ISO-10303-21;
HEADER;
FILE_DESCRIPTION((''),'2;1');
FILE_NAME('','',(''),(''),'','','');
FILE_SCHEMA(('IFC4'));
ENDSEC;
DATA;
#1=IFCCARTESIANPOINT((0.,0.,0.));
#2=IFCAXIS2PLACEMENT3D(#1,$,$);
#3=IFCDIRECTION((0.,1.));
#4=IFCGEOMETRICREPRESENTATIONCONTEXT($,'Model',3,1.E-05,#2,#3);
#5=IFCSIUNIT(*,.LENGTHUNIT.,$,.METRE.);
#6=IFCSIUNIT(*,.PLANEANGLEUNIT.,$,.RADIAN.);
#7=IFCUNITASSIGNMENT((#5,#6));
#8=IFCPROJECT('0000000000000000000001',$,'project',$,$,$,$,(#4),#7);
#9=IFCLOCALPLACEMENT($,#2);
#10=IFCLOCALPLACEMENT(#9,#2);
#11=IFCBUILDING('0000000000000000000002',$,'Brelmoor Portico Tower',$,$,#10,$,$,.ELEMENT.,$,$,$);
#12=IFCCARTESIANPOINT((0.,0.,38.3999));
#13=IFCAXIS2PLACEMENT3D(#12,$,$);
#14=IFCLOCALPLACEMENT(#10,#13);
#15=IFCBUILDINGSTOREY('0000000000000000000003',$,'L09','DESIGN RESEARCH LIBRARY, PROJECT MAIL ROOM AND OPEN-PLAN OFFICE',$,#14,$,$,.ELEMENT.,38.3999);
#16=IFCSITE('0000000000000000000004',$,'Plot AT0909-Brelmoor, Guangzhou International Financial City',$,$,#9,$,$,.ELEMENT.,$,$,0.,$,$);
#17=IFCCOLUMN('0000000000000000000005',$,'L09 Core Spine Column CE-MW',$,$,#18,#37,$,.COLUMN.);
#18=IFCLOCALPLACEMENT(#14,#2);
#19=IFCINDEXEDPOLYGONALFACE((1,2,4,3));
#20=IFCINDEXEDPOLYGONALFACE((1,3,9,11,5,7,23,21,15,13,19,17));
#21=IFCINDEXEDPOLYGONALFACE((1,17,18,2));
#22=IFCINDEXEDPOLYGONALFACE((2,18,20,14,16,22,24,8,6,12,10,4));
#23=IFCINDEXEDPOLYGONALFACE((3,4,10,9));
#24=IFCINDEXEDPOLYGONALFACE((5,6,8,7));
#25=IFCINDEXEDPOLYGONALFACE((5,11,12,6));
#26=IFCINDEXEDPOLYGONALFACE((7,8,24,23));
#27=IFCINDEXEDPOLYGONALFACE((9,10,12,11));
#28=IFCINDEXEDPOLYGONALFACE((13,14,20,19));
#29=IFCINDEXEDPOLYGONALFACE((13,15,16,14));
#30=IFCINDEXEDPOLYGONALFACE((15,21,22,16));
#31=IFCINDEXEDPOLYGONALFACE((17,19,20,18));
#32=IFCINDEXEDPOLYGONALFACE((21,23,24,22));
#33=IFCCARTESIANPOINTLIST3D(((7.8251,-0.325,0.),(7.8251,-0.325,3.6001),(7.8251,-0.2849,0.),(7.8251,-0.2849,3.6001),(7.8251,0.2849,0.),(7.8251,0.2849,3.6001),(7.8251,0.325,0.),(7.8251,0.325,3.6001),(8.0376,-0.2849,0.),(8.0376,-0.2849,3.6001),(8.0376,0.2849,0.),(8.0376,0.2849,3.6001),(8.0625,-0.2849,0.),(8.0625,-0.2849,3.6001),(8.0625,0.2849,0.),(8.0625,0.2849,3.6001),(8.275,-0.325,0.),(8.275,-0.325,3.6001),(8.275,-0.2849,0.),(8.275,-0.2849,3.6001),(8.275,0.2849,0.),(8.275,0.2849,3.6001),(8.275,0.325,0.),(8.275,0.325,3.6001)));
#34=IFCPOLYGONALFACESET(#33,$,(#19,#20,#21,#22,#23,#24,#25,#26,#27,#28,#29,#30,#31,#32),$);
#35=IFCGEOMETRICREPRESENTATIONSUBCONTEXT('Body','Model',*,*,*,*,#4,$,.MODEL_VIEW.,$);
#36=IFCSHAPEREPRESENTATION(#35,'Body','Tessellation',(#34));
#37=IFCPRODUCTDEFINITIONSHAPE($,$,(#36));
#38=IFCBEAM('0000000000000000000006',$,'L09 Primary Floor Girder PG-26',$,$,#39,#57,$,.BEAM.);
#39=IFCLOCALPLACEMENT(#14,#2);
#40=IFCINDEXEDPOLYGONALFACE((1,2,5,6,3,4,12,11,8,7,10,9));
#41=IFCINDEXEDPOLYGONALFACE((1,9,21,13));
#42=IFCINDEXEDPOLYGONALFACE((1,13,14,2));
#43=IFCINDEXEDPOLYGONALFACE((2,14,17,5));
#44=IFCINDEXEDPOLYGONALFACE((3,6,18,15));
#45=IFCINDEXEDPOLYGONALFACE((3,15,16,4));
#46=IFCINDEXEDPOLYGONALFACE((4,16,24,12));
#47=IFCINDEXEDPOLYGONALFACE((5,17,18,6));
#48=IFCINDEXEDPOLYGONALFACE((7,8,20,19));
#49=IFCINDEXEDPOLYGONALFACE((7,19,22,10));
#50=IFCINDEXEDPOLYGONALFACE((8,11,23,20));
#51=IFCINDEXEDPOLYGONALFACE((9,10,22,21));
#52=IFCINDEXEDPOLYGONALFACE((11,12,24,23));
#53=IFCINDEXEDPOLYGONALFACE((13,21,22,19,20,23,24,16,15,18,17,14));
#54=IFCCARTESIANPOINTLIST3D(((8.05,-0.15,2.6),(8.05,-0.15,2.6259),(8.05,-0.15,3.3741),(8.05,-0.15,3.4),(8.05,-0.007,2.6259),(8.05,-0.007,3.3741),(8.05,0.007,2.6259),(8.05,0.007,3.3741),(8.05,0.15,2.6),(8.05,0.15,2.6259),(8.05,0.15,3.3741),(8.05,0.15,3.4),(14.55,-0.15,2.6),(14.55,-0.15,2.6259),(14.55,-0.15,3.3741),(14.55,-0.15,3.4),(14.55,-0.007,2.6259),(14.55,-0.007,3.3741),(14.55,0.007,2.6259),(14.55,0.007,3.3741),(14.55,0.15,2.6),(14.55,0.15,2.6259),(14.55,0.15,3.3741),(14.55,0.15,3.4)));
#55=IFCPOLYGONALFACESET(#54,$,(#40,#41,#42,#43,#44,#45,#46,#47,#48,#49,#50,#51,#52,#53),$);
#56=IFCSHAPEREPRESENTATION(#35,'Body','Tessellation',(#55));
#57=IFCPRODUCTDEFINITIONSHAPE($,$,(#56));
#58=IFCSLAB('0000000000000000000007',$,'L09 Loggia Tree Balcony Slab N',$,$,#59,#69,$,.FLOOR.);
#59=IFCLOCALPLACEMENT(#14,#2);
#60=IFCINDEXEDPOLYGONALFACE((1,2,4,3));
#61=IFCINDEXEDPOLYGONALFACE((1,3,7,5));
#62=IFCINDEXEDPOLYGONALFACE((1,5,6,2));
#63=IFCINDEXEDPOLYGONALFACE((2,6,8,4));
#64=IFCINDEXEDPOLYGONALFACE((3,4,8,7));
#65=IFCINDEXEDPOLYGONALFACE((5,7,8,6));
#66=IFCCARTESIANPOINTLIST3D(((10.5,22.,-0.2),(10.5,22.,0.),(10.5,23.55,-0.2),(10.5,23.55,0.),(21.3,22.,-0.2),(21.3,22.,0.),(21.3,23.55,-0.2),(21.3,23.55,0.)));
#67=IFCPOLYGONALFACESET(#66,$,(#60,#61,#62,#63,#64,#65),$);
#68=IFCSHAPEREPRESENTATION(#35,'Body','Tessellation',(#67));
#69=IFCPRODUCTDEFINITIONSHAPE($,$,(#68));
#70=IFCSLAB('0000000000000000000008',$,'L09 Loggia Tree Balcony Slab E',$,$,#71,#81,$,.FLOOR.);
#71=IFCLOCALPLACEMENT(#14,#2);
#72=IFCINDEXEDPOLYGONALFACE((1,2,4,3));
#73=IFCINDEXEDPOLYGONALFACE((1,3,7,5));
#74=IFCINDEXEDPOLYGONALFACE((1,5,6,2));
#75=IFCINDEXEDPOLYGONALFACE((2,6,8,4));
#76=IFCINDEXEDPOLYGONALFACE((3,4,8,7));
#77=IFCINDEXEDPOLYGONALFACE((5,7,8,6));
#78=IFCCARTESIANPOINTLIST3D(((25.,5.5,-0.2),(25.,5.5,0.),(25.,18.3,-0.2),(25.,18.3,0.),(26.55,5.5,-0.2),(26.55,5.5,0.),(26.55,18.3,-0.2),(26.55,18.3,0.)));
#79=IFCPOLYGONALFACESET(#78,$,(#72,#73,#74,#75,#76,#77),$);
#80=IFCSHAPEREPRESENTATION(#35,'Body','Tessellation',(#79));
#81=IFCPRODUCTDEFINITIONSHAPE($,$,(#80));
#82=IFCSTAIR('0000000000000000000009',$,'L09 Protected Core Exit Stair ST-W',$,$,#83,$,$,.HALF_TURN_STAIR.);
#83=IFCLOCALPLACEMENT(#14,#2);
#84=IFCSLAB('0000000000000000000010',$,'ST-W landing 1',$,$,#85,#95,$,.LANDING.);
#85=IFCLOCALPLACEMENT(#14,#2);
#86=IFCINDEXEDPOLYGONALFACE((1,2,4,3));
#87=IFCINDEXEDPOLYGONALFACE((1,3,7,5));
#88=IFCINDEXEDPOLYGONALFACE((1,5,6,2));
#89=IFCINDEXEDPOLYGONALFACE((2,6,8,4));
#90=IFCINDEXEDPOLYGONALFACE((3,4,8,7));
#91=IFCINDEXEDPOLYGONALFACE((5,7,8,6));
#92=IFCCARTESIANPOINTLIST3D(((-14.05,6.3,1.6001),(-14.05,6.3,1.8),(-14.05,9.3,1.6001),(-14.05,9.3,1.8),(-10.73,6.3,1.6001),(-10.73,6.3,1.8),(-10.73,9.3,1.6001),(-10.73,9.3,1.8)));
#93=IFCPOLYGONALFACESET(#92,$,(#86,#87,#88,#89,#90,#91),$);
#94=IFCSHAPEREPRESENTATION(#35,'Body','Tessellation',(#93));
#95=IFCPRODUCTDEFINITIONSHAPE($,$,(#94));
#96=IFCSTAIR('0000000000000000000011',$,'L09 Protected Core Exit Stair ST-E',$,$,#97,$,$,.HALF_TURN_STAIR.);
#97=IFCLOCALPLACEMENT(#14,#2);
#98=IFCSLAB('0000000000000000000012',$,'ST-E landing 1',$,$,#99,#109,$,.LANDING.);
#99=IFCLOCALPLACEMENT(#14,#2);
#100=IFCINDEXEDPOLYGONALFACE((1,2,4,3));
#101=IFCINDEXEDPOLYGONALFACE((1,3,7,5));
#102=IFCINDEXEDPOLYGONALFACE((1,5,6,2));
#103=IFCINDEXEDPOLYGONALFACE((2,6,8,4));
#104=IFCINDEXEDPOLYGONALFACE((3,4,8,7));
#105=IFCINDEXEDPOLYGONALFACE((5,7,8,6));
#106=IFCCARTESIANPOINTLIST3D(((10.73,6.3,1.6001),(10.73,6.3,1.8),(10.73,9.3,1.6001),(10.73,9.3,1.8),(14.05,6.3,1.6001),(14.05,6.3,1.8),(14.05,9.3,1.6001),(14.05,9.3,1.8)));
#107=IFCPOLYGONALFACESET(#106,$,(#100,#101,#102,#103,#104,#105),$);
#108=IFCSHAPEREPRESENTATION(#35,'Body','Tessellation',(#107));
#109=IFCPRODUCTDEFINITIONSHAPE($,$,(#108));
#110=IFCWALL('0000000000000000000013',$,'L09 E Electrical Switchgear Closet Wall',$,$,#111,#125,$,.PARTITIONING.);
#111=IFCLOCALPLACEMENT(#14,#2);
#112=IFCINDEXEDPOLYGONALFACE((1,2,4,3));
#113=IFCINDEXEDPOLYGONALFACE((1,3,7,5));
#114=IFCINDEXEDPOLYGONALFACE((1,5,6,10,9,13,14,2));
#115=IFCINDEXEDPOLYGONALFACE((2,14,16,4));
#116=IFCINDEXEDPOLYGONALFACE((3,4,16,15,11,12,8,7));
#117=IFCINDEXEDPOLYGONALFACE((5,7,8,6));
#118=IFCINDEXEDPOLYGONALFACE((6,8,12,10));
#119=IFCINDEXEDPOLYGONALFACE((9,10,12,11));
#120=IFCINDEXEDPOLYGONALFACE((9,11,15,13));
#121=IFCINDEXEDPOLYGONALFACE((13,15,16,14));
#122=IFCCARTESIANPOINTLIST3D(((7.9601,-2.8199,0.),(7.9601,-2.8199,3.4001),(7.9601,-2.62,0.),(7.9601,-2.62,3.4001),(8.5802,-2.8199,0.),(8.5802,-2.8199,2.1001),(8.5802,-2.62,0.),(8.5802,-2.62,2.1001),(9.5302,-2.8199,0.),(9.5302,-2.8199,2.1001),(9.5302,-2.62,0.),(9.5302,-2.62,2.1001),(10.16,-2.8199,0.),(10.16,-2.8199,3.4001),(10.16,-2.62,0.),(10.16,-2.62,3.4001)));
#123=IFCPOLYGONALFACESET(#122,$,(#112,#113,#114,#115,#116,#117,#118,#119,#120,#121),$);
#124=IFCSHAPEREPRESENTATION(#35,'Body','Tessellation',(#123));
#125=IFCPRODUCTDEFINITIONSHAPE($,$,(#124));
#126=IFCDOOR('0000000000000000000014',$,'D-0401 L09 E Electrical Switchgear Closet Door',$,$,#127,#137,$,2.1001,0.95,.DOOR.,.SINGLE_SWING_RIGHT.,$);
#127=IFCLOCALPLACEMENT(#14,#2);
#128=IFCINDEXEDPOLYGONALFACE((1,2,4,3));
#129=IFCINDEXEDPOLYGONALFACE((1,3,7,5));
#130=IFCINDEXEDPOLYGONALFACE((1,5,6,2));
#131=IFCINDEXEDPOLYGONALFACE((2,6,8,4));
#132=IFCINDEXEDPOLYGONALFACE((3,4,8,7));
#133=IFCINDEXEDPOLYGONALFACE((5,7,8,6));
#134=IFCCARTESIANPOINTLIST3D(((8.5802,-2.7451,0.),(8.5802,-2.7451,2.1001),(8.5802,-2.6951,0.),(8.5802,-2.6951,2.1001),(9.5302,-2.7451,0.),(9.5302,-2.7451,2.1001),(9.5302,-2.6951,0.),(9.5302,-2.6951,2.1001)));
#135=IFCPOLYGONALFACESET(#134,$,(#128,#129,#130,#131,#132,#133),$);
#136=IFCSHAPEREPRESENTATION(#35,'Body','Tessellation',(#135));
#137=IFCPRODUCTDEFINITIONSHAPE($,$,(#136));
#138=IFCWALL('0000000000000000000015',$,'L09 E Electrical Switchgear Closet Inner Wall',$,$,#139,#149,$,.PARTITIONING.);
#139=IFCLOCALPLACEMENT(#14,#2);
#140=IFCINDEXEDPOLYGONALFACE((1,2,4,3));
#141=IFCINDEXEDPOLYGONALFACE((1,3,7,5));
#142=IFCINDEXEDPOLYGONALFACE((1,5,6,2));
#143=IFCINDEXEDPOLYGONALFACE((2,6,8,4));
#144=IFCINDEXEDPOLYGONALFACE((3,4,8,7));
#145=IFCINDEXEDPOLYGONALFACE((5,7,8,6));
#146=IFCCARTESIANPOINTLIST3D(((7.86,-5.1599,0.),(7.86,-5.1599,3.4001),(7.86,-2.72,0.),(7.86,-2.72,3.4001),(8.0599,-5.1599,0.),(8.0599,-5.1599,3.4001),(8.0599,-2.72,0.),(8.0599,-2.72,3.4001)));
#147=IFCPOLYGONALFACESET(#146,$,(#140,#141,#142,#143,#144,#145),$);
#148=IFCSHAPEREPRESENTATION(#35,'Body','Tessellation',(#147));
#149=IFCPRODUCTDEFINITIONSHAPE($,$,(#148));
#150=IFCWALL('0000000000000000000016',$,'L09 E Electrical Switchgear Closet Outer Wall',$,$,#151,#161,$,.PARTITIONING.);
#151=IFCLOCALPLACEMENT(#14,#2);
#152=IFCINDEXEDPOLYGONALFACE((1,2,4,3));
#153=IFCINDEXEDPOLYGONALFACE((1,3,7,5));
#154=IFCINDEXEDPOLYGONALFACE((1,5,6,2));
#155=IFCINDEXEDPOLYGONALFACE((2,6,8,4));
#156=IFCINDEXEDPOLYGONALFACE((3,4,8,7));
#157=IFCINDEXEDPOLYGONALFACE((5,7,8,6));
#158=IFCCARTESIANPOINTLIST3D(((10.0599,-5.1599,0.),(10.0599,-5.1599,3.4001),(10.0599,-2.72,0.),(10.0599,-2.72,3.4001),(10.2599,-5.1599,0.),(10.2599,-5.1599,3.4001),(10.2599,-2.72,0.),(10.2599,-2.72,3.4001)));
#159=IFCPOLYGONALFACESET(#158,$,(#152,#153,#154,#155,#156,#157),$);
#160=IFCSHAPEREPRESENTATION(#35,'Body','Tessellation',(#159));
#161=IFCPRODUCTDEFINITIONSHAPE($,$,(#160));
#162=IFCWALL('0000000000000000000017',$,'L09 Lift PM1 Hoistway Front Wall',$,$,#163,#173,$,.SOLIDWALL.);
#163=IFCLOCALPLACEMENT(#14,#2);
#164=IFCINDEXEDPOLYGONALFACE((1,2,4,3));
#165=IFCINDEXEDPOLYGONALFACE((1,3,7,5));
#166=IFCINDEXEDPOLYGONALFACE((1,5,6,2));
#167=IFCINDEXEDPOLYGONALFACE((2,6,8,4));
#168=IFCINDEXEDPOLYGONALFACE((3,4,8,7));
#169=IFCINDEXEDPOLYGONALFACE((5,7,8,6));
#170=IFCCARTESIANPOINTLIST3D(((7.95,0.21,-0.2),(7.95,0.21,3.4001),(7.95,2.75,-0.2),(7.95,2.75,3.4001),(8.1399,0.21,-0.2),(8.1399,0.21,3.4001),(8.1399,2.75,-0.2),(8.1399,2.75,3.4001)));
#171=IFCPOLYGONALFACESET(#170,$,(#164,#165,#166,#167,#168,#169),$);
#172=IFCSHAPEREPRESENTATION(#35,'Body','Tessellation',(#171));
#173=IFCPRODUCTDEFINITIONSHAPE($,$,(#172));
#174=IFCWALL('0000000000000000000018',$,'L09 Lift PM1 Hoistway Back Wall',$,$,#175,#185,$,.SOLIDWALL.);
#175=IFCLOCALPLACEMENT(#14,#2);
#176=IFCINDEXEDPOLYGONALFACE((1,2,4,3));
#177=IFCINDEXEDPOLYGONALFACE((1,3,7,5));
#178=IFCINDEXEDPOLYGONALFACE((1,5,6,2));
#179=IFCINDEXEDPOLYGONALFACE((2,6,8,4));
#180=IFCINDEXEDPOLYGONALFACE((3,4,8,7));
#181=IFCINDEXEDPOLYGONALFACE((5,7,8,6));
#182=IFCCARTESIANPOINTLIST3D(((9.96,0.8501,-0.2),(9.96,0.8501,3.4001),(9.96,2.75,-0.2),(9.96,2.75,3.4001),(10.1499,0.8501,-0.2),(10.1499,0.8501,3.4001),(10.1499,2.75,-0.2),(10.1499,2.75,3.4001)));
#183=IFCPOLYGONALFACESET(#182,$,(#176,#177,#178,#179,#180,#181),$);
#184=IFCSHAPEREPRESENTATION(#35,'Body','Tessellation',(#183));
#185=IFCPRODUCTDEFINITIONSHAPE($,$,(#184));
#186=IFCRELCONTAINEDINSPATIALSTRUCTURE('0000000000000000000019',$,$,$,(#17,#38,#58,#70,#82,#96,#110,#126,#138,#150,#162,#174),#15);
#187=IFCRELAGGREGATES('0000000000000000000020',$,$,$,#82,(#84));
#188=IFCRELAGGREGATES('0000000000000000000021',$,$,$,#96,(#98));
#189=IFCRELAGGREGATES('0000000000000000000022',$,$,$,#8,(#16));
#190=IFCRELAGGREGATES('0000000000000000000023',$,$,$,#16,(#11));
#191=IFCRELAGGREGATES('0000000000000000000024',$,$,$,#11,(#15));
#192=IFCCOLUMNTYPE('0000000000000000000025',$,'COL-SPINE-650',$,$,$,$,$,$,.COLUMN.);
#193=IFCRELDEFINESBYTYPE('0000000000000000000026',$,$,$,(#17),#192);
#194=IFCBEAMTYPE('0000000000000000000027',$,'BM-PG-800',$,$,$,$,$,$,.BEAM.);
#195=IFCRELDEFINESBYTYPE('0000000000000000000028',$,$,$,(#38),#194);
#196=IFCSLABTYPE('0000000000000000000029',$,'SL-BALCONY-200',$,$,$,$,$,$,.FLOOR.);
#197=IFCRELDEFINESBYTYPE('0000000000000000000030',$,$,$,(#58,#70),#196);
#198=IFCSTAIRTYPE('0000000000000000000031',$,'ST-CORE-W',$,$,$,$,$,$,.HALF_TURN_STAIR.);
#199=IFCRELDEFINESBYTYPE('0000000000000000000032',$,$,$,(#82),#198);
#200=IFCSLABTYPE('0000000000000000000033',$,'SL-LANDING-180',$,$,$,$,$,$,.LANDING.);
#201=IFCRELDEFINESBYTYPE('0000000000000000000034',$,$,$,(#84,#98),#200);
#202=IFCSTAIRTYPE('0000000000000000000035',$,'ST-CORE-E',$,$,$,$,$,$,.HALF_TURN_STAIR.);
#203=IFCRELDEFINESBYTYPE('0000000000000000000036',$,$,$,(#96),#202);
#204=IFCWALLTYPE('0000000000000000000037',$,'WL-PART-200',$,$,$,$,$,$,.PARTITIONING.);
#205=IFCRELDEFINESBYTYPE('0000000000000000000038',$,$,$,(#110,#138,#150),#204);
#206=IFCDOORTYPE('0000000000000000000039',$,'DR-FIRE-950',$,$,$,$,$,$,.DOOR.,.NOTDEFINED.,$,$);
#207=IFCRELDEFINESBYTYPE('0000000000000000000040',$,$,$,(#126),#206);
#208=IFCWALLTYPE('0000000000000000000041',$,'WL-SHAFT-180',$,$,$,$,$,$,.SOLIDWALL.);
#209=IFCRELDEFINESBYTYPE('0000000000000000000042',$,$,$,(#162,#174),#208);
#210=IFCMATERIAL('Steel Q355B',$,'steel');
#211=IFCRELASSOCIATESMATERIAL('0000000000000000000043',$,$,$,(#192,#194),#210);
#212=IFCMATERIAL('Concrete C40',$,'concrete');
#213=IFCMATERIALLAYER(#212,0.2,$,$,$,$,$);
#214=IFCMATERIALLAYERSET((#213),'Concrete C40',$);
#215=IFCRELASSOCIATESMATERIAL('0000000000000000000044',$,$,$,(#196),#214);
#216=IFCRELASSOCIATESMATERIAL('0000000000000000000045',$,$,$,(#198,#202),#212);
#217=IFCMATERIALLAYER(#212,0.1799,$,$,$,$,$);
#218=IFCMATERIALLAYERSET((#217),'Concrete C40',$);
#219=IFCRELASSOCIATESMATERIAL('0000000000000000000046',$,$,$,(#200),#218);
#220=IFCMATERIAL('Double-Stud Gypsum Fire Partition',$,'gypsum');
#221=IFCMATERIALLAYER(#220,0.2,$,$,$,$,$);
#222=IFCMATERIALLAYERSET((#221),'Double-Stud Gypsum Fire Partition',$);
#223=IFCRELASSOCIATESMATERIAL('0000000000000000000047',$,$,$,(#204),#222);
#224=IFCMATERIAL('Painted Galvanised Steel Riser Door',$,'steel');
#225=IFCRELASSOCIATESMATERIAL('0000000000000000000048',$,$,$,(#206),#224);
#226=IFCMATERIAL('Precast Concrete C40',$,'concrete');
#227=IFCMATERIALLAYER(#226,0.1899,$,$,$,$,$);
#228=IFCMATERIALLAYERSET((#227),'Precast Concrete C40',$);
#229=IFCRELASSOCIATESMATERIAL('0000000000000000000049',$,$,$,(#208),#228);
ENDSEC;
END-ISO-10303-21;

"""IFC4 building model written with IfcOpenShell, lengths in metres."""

from ifc_helpers import new_model, si_unit, direction, frame, frame_2d, origin, origin_2d, place, context, subcontext, project, spatial, polyline, rectangle, i_section, outline, extrude, material, layer, layer_set, material_profile, profile_set, type_object, element, fill, aggregate, save


model = new_model("IFC4")

# Units and contexts
model_context = context("Model", 3, precision=1e-05, world=origin(), true_north=direction((0.0, 1.0)))
body_context = subcontext(model_context, "Body", "Model", "MODEL_VIEW")
ifc_project = project(units=[si_unit("LENGTHUNIT", "METRE"), si_unit("PLANEANGLEUNIT", "RADIAN")], contexts=[model_context])

# Site, building, storey
site_placement = place(None, origin())
site = spatial("IfcSite", under=ifc_project, at=site_placement, Name="Plot AT0909-Brelmoor, Guangzhou International Financial City", CompositionType="ELEMENT", RefElevation=0.0)
building_placement = place(site_placement, origin())
building = spatial("IfcBuilding", under=site, at=building_placement, Name="Brelmoor Portico Tower", CompositionType="ELEMENT")
storey_placement = place(building_placement, frame((0.0, 0.0, 38.3999)))
storey = spatial("IfcBuildingStorey", under=building, at=storey_placement, Name="L09", Description="DESIGN RESEARCH LIBRARY, PROJECT MAIL ROOM AND OPEN-PLAN OFFICE", CompositionType="ELEMENT", Elevation=38.3999)

# Column
ifc_material_1 = material(Name="Steel Q355B", Category="steel")
ifc_material_profile_1 = material_profile(ifc_material_1, i_section(OverallWidth=0.45, OverallDepth=0.6499, WebThickness=0.0249, FlangeThickness=0.04, at=origin_2d()), Name="HW 650x450x25x40")
ifc_profile_set_1 = profile_set([ifc_material_profile_1], Name="Steel Q355B")
column_type = type_object("IfcColumnType", Name="COL-SPINE-650", PredefinedType="COLUMN", material=ifc_profile_set_1)
column_placement = place(storey_placement, frame((8.05, 0.0, 0.0), z_axis=(0.0, 0.0, 1.0), x_axis=(1.0, 0.0, 0.0)))
element("IfcColumn", 1, at=column_placement, inside=storey, type_object=column_type, Name="L09 Core Spine Column CE-MW", PredefinedType="COLUMN", context=body_context, shape_type="SweptSolid", body=[
    extrude(i_section(OverallWidth=0.45, OverallDepth=0.6499, WebThickness=0.0249, FlangeThickness=0.04, at=origin_2d()), origin(), (0.0, 0.0, 1.0), 3.6001),
])

# Beam
ifc_material_profile_2 = material_profile(ifc_material_1, i_section(OverallWidth=0.3, OverallDepth=0.8, WebThickness=0.0139, FlangeThickness=0.0259, at=origin_2d()), Name="HN 800x300x14x26")
ifc_profile_set_2 = profile_set([ifc_material_profile_2], Name="Steel Q355B")
beam_type = type_object("IfcBeamType", Name="BM-PG-800", PredefinedType="BEAM", material=ifc_profile_set_2)
beam_placement = place(storey_placement, frame((8.05, 0.0, 3.0), z_axis=(1.0, 0.0, 0.0), x_axis=(0.0, 1.0, 0.0)))
element("IfcBeam", 2, at=beam_placement, inside=storey, type_object=beam_type, Name="L09 Primary Floor Girder PG-26", PredefinedType="BEAM", context=body_context, shape_type="SweptSolid", body=[
    extrude(i_section(OverallWidth=0.3, OverallDepth=0.8, WebThickness=0.0139, FlangeThickness=0.0259, at=origin_2d()), origin(), (0.0, 0.0, 1.0), 6.5),
])

# Slabs
ifc_material_2 = material(Name="Concrete C40", Category="concrete")
ifc_layer_1 = layer(ifc_material_2, 0.2)
ifc_layer_set_1 = layer_set([ifc_layer_1], Name="Concrete C40")
slab_type_1 = type_object("IfcSlabType", Name="SL-BALCONY-200", PredefinedType="FLOOR", material=ifc_layer_set_1)
slab_1_placement = place(storey_placement, frame((0.0, 0.0, -0.2)))
element("IfcSlab", 3, at=slab_1_placement, inside=storey, type_object=slab_type_1, Name="L09 Loggia Tree Balcony Slab N", PredefinedType="FLOOR", context=body_context, shape_type="SweptSolid", body=[
    extrude(outline(polyline([(10.5, 22.0), (21.3, 22.0), (21.3, 23.55), (10.5, 23.55), (10.5, 22.0)])), origin(), (0.0, 0.0, 1.0), 0.2),
])
slab_2_placement = place(storey_placement, frame((0.0, 0.0, -0.2)))
element("IfcSlab", 4, at=slab_2_placement, inside=storey, type_object=slab_type_1, Name="L09 Loggia Tree Balcony Slab E", PredefinedType="FLOOR", context=body_context, shape_type="SweptSolid", body=[
    extrude(outline(polyline([(25.0, 5.5), (26.55, 5.5), (26.55, 18.3), (25.0, 18.3), (25.0, 5.5)])), origin(), (0.0, 0.0, 1.0), 0.2),
])

# Stairs, slabs
stair_type_1 = type_object("IfcStairType", Name="ST-CORE-W", PredefinedType="HALF_TURN_STAIR", material=ifc_material_2)
stair_1_placement = place(storey_placement, origin())
stair_1 = element("IfcStair", 5, at=stair_1_placement, inside=storey, type_object=stair_type_1, Name="L09 Protected Core Exit Stair ST-W", PredefinedType="HALF_TURN_STAIR")
ifc_layer_2 = layer(ifc_material_2, 0.1799)
ifc_layer_set_2 = layer_set([ifc_layer_2], Name="Concrete C40")
slab_type_2 = type_object("IfcSlabType", Name="SL-LANDING-180", PredefinedType="LANDING", material=ifc_layer_set_2)
slab_3_placement = place(storey_placement, frame((0.0, 0.0, 1.6001)))
slab_3 = element("IfcSlab", 6, at=slab_3_placement, type_object=slab_type_2, Name="ST-W landing 1", PredefinedType="LANDING", context=body_context, shape_type="SweptSolid", body=[
    extrude(outline(polyline([(-10.73, 6.3), (-10.73, 9.3), (-14.05, 9.3), (-14.05, 6.3), (-10.73, 6.3)])), origin(), (0.0, 0.0, 1.0), 0.2),
])
aggregate(stair_1, [slab_3])
stair_type_2 = type_object("IfcStairType", Name="ST-CORE-E", PredefinedType="HALF_TURN_STAIR", material=ifc_material_2)
stair_2_placement = place(storey_placement, origin())
stair_2 = element("IfcStair", 7, at=stair_2_placement, inside=storey, type_object=stair_type_2, Name="L09 Protected Core Exit Stair ST-E", PredefinedType="HALF_TURN_STAIR")
slab_4_placement = place(storey_placement, frame((0.0, 0.0, 1.6001)))
slab_4 = element("IfcSlab", 8, at=slab_4_placement, type_object=slab_type_2, Name="ST-E landing 1", PredefinedType="LANDING", context=body_context, shape_type="SweptSolid", body=[
    extrude(outline(polyline([(14.05, 6.3), (14.05, 9.3), (10.73, 9.3), (10.73, 6.3), (14.05, 6.3)])), origin(), (0.0, 0.0, 1.0), 0.2),
])
aggregate(stair_2, [slab_4])

# Wall, opening, door
ifc_material_3 = material(Name="Double-Stud Gypsum Fire Partition", Category="gypsum")
ifc_layer_3 = layer(ifc_material_3, 0.2)
ifc_layer_set_3 = layer_set([ifc_layer_3], Name="Double-Stud Gypsum Fire Partition")
wall_type_1 = type_object("IfcWallType", Name="WL-PART-200", PredefinedType="PARTITIONING", material=ifc_layer_set_3)
wall_1_placement = place(storey_placement, frame((7.96, -2.72, 0.0), z_axis=(0.0, 0.0, 1.0), x_axis=(1.0, 0.0, 0.0)))
wall_1 = element("IfcWall", 9, at=wall_1_placement, inside=storey, type_object=wall_type_1, Name="L09 E Electrical Switchgear Closet Wall", PredefinedType="PARTITIONING", context=body_context, shape_type="SweptSolid", body=[
    extrude(rectangle(XDim=2.2, YDim=0.2, at=frame_2d((1.1001, 0.0))), origin(), (0.0, 0.0, 1.0), 3.4001),
])
opening_1_placement = place(wall_1_placement, frame((0.6201, 0.0, 0.0)))
opening_1 = element("IfcOpeningElement", 10, at=opening_1_placement, cuts=wall_1, PredefinedType="OPENING", context=body_context, shape_type="SweptSolid", body=[
    extrude(rectangle(XDim=0.95, YDim=2.1001, at=frame_2d((0.4751, 1.05))), frame((0.0, 0.1099, 0.0), z_axis=(0.0, -1.0, 0.0), x_axis=(1.0, 0.0, 0.0)), (0.0, 0.0, 1.0), 0.22),
])
ifc_material_4 = material(Name="Painted Galvanised Steel Riser Door", Category="steel")
door_type_1 = type_object("IfcDoorType", Name="DR-FIRE-950", OperationType="NOTDEFINED", PredefinedType="DOOR", material=ifc_material_4)
door_1_placement = place(opening_1_placement, origin())
door_1 = element("IfcDoor", 11, at=door_1_placement, inside=storey, type_object=door_type_1, Name="D-0401 L09 E Electrical Switchgear Closet Door", OperationType="SINGLE_SWING_RIGHT", OverallHeight=2.1001, OverallWidth=0.95, PredefinedType="DOOR", context=body_context, shape_type="SweptSolid", body=[
    extrude(rectangle(XDim=0.95, YDim=2.1001, at=frame_2d((0.4751, 1.05))), frame((0.0, 0.0249, 0.0), z_axis=(0.0, -1.0, 0.0), x_axis=(1.0, 0.0, 0.0)), (0.0, 0.0, 1.0), 0.05),
])
fill(opening_1, door_1)

# Walls
for number, where, z_axis, x_axis, name in (
    (12, (7.96, -5.1599, 0.0), (0.0, 0.0, 1.0), (0.0, 1.0, 0.0), "L09 E Electrical Switchgear Closet Inner Wall"),
    (13, (10.1599, -5.1599, 0.0), (0.0, 0.0, 1.0), (0.0, 1.0, 0.0), "L09 E Electrical Switchgear Closet Outer Wall"),
):
    element("IfcWall", number, at=place(storey_placement, frame(where, z_axis=z_axis, x_axis=x_axis)), inside=storey, type_object=wall_type_1, Name=name, PredefinedType="PARTITIONING", context=body_context, shape_type="SweptSolid", body=[
        extrude(rectangle(XDim=2.4399, YDim=0.2, at=frame_2d((1.22, 0.0))), origin(), (0.0, 0.0, 1.0), 3.4001),
    ])
ifc_material_5 = material(Name="Precast Concrete C40", Category="concrete")
ifc_layer_4 = layer(ifc_material_5, 0.1899)
ifc_layer_set_4 = layer_set([ifc_layer_4], Name="Precast Concrete C40")
wall_type_2 = type_object("IfcWallType", Name="WL-SHAFT-180", PredefinedType="SOLIDWALL", material=ifc_layer_set_4)
wall_2_placement = place(storey_placement, frame((8.0449, 0.21, -0.2), z_axis=(0.0, 0.0, 1.0), x_axis=(0.0, 1.0, 0.0)))
element("IfcWall", 14, at=wall_2_placement, inside=storey, type_object=wall_type_2, Name="L09 Lift PM1 Hoistway Front Wall", PredefinedType="SOLIDWALL", context=body_context, shape_type="SweptSolid", body=[
    extrude(rectangle(XDim=2.54, YDim=0.1899, at=frame_2d((1.27, 0.0))), origin(), (0.0, 0.0, 1.0), 3.6001),
])
wall_3_placement = place(storey_placement, frame((10.0549, 0.8501, -0.2), z_axis=(0.0, 0.0, 1.0), x_axis=(0.0, 1.0, 0.0)))
element("IfcWall", 15, at=wall_3_placement, inside=storey, type_object=wall_type_2, Name="L09 Lift PM1 Hoistway Back Wall", PredefinedType="SOLIDWALL", context=body_context, shape_type="SweptSolid", body=[
    extrude(rectangle(XDim=1.8999, YDim=0.1899, at=frame_2d((0.95, 0.0))), origin(), (0.0, 0.0, 1.0), 3.6001),
])

save(model, "model.ifc")
